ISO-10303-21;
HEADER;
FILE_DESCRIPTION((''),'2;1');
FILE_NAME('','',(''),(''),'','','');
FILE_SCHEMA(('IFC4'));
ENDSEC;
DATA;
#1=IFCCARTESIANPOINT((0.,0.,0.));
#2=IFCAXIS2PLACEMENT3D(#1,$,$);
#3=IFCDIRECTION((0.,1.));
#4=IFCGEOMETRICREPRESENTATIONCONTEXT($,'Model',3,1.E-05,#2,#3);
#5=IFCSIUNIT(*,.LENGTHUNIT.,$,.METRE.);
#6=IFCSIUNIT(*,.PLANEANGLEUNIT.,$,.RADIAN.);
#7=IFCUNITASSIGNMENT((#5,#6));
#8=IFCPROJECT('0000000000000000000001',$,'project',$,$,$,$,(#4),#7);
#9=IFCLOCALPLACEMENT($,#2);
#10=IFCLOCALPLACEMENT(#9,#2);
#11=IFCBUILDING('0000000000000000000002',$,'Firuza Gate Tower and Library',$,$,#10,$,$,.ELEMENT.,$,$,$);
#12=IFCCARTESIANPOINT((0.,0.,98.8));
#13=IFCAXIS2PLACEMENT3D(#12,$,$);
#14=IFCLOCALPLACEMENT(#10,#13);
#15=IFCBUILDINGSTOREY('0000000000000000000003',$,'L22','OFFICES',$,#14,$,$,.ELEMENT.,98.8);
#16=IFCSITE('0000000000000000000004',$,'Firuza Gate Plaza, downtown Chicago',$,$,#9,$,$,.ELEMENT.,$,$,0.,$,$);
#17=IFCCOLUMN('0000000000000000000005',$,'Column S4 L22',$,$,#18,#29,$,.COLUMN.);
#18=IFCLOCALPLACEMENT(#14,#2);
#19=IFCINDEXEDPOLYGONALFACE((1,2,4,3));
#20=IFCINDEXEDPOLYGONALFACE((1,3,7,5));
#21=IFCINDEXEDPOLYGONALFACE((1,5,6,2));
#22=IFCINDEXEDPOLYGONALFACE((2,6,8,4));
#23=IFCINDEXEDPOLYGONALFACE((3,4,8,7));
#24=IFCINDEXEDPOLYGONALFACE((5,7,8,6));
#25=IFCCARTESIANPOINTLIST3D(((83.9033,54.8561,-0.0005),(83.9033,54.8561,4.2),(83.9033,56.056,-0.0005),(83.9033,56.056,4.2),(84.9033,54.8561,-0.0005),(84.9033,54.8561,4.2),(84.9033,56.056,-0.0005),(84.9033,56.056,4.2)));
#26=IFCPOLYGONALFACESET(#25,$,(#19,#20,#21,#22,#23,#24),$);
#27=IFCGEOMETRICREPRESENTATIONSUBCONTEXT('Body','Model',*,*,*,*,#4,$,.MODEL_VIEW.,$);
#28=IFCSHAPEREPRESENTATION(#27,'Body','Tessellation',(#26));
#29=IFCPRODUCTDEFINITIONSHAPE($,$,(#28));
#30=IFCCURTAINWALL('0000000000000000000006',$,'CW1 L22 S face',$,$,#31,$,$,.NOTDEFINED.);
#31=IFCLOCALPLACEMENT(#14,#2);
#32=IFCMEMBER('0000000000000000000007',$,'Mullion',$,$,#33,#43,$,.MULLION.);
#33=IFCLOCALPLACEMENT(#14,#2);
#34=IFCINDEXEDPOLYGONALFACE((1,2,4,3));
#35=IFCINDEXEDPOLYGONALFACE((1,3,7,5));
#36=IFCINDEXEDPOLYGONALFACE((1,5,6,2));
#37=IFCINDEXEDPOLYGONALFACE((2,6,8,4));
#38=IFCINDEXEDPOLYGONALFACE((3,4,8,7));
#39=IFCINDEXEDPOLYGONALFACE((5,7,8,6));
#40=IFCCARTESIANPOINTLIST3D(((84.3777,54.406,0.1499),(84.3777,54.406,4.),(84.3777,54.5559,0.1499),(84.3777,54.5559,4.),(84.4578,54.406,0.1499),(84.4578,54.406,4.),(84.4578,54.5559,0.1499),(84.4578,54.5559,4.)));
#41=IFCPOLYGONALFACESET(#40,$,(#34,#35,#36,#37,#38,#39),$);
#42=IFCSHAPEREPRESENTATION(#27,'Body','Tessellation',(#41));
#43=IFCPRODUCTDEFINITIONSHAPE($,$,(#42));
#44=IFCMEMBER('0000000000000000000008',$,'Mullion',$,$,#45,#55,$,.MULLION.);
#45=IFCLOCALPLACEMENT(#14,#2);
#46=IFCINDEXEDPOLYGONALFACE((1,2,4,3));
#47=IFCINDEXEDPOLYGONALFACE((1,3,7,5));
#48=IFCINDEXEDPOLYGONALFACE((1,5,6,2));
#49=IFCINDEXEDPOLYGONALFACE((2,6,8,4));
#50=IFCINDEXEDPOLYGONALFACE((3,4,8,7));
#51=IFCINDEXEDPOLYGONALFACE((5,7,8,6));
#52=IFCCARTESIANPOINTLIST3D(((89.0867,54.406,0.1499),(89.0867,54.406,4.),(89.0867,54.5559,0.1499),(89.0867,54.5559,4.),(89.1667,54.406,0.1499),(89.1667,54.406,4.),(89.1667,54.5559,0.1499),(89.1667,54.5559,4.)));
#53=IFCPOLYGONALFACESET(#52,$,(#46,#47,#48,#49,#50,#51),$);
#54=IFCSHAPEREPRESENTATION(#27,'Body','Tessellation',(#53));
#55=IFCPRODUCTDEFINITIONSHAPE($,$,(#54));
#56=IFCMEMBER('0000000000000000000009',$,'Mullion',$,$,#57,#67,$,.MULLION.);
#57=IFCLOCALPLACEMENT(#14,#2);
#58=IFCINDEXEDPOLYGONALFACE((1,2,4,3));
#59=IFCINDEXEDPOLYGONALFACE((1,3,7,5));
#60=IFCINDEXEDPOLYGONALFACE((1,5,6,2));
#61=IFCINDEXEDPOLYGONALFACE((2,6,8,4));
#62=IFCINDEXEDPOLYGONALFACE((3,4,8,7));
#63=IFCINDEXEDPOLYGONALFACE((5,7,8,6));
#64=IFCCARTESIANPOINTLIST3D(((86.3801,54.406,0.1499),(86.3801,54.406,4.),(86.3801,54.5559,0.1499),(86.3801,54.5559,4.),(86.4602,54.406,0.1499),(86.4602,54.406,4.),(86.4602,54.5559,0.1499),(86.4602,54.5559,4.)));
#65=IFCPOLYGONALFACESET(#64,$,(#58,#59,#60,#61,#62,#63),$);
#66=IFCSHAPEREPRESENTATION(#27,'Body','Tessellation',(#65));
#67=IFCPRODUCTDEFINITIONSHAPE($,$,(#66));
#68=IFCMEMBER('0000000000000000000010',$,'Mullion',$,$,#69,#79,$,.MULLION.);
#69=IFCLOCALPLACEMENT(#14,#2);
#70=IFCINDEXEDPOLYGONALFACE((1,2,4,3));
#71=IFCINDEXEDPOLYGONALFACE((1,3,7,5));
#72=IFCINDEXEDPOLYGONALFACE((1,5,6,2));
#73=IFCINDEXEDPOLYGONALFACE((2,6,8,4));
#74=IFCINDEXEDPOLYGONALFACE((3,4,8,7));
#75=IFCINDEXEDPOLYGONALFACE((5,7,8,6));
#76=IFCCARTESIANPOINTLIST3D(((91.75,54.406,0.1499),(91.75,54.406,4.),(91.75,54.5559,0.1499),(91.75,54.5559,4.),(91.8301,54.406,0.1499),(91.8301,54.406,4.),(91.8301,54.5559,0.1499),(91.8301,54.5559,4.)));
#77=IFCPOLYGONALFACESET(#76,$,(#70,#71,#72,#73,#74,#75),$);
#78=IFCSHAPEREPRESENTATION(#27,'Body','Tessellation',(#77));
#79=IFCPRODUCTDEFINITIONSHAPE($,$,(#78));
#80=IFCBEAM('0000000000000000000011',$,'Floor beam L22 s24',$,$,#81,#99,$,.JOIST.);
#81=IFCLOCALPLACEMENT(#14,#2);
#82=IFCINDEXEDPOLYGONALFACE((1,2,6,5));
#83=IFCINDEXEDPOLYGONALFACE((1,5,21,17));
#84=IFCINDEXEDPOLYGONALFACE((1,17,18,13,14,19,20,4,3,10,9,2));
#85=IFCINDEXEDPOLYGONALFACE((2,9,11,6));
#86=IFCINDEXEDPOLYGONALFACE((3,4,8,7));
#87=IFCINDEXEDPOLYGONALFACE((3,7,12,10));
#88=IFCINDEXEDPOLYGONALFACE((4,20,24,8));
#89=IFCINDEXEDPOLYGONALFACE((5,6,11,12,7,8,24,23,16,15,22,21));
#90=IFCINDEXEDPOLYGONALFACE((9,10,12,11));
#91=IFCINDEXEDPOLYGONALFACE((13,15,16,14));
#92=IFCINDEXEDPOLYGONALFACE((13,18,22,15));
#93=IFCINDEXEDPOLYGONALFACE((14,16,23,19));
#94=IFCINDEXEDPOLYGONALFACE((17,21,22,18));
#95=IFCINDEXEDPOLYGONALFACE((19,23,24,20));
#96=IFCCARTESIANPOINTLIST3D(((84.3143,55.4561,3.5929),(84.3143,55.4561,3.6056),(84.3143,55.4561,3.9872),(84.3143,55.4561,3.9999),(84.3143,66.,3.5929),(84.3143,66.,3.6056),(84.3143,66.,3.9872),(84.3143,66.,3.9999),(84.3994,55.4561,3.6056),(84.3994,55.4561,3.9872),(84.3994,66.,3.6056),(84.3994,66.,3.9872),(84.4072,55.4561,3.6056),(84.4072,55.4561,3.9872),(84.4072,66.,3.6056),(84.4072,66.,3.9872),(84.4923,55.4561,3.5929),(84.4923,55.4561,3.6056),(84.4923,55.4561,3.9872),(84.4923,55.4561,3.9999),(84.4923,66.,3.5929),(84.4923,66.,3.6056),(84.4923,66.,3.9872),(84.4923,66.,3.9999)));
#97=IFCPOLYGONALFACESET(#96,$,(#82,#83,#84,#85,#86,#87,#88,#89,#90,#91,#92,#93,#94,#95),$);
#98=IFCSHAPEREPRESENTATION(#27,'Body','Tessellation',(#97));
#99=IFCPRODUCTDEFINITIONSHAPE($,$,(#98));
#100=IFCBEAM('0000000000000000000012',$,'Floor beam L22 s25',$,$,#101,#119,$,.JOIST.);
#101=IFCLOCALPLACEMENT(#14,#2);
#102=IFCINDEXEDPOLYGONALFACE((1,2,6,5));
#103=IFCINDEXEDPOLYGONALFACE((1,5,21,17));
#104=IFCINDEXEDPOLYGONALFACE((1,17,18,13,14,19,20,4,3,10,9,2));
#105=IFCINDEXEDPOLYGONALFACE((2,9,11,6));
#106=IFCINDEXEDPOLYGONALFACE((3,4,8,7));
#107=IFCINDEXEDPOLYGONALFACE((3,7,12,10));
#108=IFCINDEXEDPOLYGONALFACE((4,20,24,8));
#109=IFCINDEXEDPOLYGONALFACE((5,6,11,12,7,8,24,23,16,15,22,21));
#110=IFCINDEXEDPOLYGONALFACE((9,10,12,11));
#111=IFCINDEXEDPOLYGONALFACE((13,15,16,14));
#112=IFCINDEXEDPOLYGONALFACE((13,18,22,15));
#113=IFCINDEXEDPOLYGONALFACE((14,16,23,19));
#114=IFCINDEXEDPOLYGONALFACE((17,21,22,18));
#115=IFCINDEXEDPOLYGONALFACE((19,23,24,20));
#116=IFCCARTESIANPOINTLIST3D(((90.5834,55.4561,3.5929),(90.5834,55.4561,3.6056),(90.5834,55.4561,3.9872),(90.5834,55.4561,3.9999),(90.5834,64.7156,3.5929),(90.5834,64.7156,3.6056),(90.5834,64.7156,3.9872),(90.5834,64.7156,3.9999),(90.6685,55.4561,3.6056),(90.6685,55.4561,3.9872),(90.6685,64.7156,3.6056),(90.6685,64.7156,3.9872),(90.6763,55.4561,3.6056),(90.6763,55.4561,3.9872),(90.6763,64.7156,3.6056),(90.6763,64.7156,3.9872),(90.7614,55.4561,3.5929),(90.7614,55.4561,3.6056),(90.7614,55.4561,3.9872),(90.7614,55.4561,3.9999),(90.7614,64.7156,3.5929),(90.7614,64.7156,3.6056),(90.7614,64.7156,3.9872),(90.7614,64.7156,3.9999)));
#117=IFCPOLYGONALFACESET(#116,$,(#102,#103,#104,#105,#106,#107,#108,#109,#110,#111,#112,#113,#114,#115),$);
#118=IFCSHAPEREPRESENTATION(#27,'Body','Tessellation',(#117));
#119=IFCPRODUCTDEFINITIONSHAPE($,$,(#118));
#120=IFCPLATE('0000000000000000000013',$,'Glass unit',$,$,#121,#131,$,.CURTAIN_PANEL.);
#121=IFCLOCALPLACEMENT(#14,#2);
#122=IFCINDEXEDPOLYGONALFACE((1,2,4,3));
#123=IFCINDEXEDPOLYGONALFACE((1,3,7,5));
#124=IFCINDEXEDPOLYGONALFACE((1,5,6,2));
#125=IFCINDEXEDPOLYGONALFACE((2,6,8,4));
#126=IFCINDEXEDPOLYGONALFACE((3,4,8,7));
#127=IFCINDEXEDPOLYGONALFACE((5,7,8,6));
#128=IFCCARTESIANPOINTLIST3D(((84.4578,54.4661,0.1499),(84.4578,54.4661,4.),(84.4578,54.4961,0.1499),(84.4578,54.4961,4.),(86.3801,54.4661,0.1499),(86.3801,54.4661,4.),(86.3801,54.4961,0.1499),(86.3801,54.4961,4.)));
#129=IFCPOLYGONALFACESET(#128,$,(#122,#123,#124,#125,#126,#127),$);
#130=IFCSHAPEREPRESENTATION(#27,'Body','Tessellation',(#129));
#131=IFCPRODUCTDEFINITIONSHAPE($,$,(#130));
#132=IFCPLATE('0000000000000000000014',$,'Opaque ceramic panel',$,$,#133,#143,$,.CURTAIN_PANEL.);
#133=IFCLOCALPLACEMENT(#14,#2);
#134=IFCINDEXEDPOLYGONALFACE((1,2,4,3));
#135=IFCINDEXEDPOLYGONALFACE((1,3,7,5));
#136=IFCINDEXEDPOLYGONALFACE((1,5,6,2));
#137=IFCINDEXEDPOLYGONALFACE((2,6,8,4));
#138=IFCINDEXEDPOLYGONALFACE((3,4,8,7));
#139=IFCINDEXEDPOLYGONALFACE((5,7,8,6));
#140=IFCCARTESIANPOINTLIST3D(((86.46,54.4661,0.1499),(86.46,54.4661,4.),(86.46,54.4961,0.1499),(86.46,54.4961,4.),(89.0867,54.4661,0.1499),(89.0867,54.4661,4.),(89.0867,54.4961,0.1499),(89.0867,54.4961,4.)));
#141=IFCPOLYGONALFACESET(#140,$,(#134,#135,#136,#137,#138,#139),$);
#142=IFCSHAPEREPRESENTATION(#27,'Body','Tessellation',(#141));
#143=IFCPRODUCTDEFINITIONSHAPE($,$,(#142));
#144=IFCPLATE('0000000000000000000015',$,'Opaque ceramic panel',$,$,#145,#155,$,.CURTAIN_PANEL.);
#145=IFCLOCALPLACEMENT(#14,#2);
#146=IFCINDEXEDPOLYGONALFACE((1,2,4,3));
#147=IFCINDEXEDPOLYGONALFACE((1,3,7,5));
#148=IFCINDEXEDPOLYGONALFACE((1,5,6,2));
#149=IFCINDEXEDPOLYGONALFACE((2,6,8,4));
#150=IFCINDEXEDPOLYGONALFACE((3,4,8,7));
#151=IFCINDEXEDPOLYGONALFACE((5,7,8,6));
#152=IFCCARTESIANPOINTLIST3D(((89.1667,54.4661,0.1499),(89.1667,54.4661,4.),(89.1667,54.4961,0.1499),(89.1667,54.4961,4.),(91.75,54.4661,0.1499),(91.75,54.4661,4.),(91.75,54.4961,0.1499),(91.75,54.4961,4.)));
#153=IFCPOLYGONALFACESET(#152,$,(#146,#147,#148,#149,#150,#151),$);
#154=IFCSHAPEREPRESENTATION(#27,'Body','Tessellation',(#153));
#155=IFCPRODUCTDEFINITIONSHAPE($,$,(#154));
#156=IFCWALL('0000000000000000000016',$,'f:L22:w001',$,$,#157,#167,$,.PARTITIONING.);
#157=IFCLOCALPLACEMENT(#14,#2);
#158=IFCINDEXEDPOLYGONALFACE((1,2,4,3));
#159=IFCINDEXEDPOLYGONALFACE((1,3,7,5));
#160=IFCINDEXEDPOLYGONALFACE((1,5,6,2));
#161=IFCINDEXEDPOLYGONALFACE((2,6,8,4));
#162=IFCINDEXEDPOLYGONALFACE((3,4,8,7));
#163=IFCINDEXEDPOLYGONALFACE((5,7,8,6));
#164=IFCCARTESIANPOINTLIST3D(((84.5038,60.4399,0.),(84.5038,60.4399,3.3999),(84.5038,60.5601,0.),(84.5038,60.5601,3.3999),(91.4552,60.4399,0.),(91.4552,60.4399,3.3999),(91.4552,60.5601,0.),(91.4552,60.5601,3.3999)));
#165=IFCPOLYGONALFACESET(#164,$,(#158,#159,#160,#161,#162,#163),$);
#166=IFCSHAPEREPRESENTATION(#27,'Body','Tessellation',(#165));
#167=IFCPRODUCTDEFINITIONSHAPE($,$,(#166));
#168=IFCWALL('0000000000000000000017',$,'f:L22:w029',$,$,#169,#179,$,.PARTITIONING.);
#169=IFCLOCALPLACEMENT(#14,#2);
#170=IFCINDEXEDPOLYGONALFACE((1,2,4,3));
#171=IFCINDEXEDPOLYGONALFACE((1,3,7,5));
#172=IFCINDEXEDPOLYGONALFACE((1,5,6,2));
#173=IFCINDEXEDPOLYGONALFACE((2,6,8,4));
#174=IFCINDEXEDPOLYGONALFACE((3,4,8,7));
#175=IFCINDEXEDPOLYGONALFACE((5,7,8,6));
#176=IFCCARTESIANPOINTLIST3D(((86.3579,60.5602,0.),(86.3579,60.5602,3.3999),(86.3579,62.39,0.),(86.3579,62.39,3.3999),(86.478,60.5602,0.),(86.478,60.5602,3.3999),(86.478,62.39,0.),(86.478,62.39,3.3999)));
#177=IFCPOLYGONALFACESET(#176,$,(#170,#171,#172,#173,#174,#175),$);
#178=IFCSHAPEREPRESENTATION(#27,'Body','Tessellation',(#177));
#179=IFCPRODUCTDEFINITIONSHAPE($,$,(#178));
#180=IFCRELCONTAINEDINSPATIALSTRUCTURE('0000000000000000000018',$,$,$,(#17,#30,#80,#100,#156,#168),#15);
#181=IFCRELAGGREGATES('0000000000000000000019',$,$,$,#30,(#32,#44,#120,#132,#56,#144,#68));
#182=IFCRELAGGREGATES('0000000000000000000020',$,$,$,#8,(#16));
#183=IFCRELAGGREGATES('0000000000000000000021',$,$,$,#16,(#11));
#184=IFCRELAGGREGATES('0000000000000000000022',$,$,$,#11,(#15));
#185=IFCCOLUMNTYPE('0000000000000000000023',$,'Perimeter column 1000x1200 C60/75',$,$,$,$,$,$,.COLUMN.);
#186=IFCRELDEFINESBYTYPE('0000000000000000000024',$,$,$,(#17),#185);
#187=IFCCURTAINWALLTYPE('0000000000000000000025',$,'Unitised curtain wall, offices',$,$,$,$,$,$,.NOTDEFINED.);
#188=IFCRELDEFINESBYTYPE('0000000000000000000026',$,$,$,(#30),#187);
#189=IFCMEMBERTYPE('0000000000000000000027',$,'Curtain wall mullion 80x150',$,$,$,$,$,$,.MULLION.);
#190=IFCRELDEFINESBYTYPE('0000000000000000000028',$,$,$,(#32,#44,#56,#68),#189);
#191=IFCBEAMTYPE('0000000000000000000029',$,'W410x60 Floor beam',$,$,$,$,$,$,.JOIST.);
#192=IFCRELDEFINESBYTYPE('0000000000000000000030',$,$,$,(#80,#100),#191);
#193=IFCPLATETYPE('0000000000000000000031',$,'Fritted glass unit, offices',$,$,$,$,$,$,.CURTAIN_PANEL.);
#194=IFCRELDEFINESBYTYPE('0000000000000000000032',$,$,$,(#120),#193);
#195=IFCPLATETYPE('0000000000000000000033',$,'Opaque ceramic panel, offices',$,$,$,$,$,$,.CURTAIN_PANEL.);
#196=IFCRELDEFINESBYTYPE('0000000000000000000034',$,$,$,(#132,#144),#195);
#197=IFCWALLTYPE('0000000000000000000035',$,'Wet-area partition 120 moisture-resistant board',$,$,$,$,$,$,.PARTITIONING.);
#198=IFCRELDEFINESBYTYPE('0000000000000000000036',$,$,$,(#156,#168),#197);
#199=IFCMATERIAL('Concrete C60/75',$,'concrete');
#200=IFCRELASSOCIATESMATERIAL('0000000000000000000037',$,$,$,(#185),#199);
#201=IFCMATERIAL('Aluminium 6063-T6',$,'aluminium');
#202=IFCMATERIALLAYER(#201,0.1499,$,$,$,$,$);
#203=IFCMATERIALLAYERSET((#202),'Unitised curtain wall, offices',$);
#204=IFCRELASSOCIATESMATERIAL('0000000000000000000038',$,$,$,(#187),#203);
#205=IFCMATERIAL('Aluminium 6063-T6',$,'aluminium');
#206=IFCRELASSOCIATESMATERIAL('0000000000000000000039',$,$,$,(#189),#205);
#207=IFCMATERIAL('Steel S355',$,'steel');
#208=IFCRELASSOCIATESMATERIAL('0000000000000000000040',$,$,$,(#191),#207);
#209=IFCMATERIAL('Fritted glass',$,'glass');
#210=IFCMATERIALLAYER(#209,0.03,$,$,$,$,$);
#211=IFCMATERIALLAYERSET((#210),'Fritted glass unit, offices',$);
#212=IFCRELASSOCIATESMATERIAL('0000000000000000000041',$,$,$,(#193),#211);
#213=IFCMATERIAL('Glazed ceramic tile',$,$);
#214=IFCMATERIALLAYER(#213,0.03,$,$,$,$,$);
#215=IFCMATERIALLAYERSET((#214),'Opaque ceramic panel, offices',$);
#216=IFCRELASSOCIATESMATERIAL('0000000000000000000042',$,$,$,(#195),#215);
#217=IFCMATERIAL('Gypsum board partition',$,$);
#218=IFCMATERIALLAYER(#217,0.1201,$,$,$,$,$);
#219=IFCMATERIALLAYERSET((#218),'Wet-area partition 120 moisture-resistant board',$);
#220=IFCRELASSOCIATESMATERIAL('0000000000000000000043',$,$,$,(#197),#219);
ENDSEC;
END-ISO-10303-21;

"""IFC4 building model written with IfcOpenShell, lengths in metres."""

from ifc_helpers import new_model, si_unit, direction, frame, frame_2d, origin, origin_2d, place, context, subcontext, project, spatial, polyline, rectangle, i_section, outline, extrude, material, layer, layer_set, material_profile, profile_set, type_object, element, aggregate, save


model = new_model("IFC4")

# Units and contexts
model_context = context("Model", 3, precision=1e-05, world=origin(), true_north=direction((0.0, 1.0)))
body_context = subcontext(model_context, "Body", "Model", "MODEL_VIEW")
ifc_project = project(units=[si_unit("LENGTHUNIT", "METRE"), si_unit("PLANEANGLEUNIT", "RADIAN")], contexts=[model_context])

# Site, building, storey
site_placement = place(None, origin())
site = spatial("IfcSite", under=ifc_project, at=site_placement, Name="Firuza Gate Plaza, downtown Chicago", CompositionType="ELEMENT", RefElevation=0.0)
building_placement = place(site_placement, origin())
building = spatial("IfcBuilding", under=site, at=building_placement, Name="Firuza Gate Tower and Library", CompositionType="ELEMENT")
storey_placement = place(building_placement, frame((0.0, 0.0, 98.8)))
storey = spatial("IfcBuildingStorey", under=building, at=storey_placement, Name="L22", Description="OFFICES", CompositionType="ELEMENT", Elevation=98.8)

# Column
ifc_material_1 = material(Name="Concrete C60/75", Category="concrete")
ifc_material_profile_1 = material_profile(ifc_material_1, rectangle(XDim=1.0, YDim=1.2, at=origin_2d()))
ifc_profile_set_1 = profile_set([ifc_material_profile_1], Name="Concrete C60/75")
column_type = type_object("IfcColumnType", Name="Perimeter column 1000x1200 C60/75", PredefinedType="COLUMN", material=ifc_profile_set_1)
column_placement = place(storey_placement, frame((84.4033, 55.4561, -0.0005), z_axis=(0.0, 0.0, 1.0), x_axis=(1.0, 0.0, 0.0)))
element("IfcColumn", 1, at=column_placement, inside=storey, type_object=column_type, Name="Column S4 L22", PredefinedType="COLUMN", context=body_context, shape_type="SweptSolid", body=[
    extrude(rectangle(XDim=1.0, YDim=1.2, at=origin_2d()), origin(), (0.0, 0.0, 1.0), 4.2004),
])

# Curtain wall, members
ifc_material_2 = material(Name="Aluminium 6063-T6", Category="aluminium")
ifc_layer_1 = layer(ifc_material_2, 0.1499)
ifc_layer_set_1 = layer_set([ifc_layer_1], Name="Unitised curtain wall, offices")
curtain_wall_type = type_object("IfcCurtainWallType", Name="Unitised curtain wall, offices", PredefinedType="NOTDEFINED", material=ifc_layer_set_1)
curtain_wall_placement = place(storey_placement, origin())
curtain_wall = element("IfcCurtainWall", 2, at=curtain_wall_placement, inside=storey, type_object=curtain_wall_type, Name="CW1 L22 S face", PredefinedType="NOTDEFINED")
ifc_material_3 = material(Name="Aluminium 6063-T6", Category="aluminium")
ifc_material_profile_2 = material_profile(ifc_material_3, rectangle(XDim=0.1499, YDim=0.0801, at=origin_2d()))
ifc_profile_set_2 = profile_set([ifc_material_profile_2], Name="Aluminium 6063-T6")
member_type = type_object("IfcMemberType", Name="Curtain wall mullion 80x150", PredefinedType="MULLION", material=ifc_profile_set_2)
member_1_placement = place(storey_placement, frame((84.4177, 54.481, 0.1499), z_axis=(0.0, 0.0, 1.0), x_axis=(0.0, 1.0, 0.0)))
member_1 = element("IfcMember", 3, at=member_1_placement, type_object=member_type, Name="Mullion", PredefinedType="MULLION", context=body_context, shape_type="SweptSolid", body=[
    extrude(rectangle(XDim=0.1499, YDim=0.0801, at=origin_2d()), origin(), (0.0, 0.0, 1.0), 3.8501),
])
member_2_placement = place(storey_placement, frame((89.1267, 54.481, 0.1499), z_axis=(0.0, 0.0, 1.0), x_axis=(0.0, 1.0, 0.0)))
member_2 = element("IfcMember", 4, at=member_2_placement, type_object=member_type, Name="Mullion", PredefinedType="MULLION", context=body_context, shape_type="SweptSolid", body=[
    extrude(rectangle(XDim=0.1499, YDim=0.0801, at=origin_2d()), origin(), (0.0, 0.0, 1.0), 3.8501),
])
member_3_placement = place(storey_placement, frame((86.4202, 54.481, 0.1499), z_axis=(0.0, 0.0, 1.0), x_axis=(0.0, 1.0, 0.0)))
member_3 = element("IfcMember", 5, at=member_3_placement, type_object=member_type, Name="Mullion", PredefinedType="MULLION", context=body_context, shape_type="SweptSolid", body=[
    extrude(rectangle(XDim=0.1499, YDim=0.0801, at=origin_2d()), origin(), (0.0, 0.0, 1.0), 3.8501),
])
member_4_placement = place(storey_placement, frame((91.79, 54.481, 0.1499), z_axis=(0.0, 0.0, 1.0), x_axis=(0.0, 1.0, 0.0)))
member_4 = element("IfcMember", 6, at=member_4_placement, type_object=member_type, Name="Mullion", PredefinedType="MULLION", context=body_context, shape_type="SweptSolid", body=[
    extrude(rectangle(XDim=0.1499, YDim=0.0801, at=origin_2d()), origin(), (0.0, 0.0, 1.0), 3.8501),
])

# Beams
ifc_material_4 = material(Name="Steel S355", Category="steel")
ifc_material_profile_3 = material_profile(ifc_material_4, i_section(OverallWidth=0.178, OverallDepth=0.407, WebThickness=0.0078, FlangeThickness=0.0127, at=origin_2d()))
ifc_profile_set_3 = profile_set([ifc_material_profile_3], Name="Steel S355")
beam_type = type_object("IfcBeamType", Name="W410x60 Floor beam", PredefinedType="JOIST", material=ifc_profile_set_3)
beam_1_placement = place(storey_placement, frame((84.4033, 55.4561, 3.7964), z_axis=(0.0, 1.0, 0.0), x_axis=(-1.0, 0.0, 0.0)))
element("IfcBeam", 7, at=beam_1_placement, inside=storey, type_object=beam_type, Name="Floor beam L22 s24", PredefinedType="JOIST", context=body_context, shape_type="SweptSolid", body=[
    extrude(i_section(OverallWidth=0.178, OverallDepth=0.407, WebThickness=0.0078, FlangeThickness=0.0127, at=origin_2d()), origin(), (0.0, 0.0, 1.0), 10.5439),
])
beam_2_placement = place(storey_placement, frame((90.6724, 55.4561, 3.7964), z_axis=(0.0, 1.0, 0.0), x_axis=(-1.0, 0.0, 0.0)))
element("IfcBeam", 8, at=beam_2_placement, inside=storey, type_object=beam_type, Name="Floor beam L22 s25", PredefinedType="JOIST", context=body_context, shape_type="SweptSolid", body=[
    extrude(i_section(OverallWidth=0.178, OverallDepth=0.407, WebThickness=0.0078, FlangeThickness=0.0127, at=origin_2d()), origin(), (0.0, 0.0, 1.0), 9.2595),
])

# Plates
ifc_material_5 = material(Name="Fritted glass", Category="glass")
ifc_layer_2 = layer(ifc_material_5, 0.03)
ifc_layer_set_2 = layer_set([ifc_layer_2], Name="Fritted glass unit, offices")
plate_type_1 = type_object("IfcPlateType", Name="Fritted glass unit, offices", PredefinedType="CURTAIN_PANEL", material=ifc_layer_set_2)
plate_1_placement = place(storey_placement, frame((84.4578, 54.4661, 0.1499), z_axis=(0.0, -1.0, 0.0), x_axis=(1.0, 0.0, 0.0)))
plate_1 = element("IfcPlate", 9, at=plate_1_placement, type_object=plate_type_1, Name="Glass unit", PredefinedType="CURTAIN_PANEL", context=body_context, shape_type="SweptSolid", body=[
    extrude(outline(polyline([(0.0, 0.0), (1.9224, 0.0), (1.9224, 3.8501), (0.0, 3.8501), (0.0, 0.0)])), origin(), (0.0, 0.0, -1.0), 0.03),
])
ifc_material_6 = material(Name="Glazed ceramic tile")
ifc_layer_3 = layer(ifc_material_6, 0.03)
ifc_layer_set_3 = layer_set([ifc_layer_3], Name="Opaque ceramic panel, offices")
plate_type_2 = type_object("IfcPlateType", Name="Opaque ceramic panel, offices", PredefinedType="CURTAIN_PANEL", material=ifc_layer_set_3)
plate_2_placement = place(storey_placement, frame((86.46, 54.4661, 0.1499), z_axis=(0.0, -1.0, 0.0), x_axis=(1.0, 0.0, 0.0)))
plate_2 = element("IfcPlate", 10, at=plate_2_placement, type_object=plate_type_2, Name="Opaque ceramic panel", PredefinedType="CURTAIN_PANEL", context=body_context, shape_type="SweptSolid", body=[
    extrude(outline(polyline([(0.0, 0.0), (2.6267, 0.0), (2.6267, 3.8501), (0.0, 3.8501), (0.0, 0.0)])), origin(), (0.0, 0.0, -1.0), 0.03),
])
plate_3_placement = place(storey_placement, frame((89.1667, 54.4661, 0.1499), z_axis=(0.0, -1.0, 0.0), x_axis=(1.0, 0.0, 0.0)))
plate_3 = element("IfcPlate", 11, at=plate_3_placement, type_object=plate_type_2, Name="Opaque ceramic panel", PredefinedType="CURTAIN_PANEL", context=body_context, shape_type="SweptSolid", body=[
    extrude(outline(polyline([(0.0, 0.0), (2.5833, 0.0), (2.5833, 3.8501), (0.0, 3.8501), (0.0, 0.0)])), origin(), (0.0, 0.0, -1.0), 0.03),
])
aggregate(curtain_wall, [member_1, member_2, plate_1, plate_2, member_3, plate_3, member_4])

# Walls
ifc_material_7 = material(Name="Gypsum board partition")
ifc_layer_4 = layer(ifc_material_7, 0.1201)
ifc_layer_set_4 = layer_set([ifc_layer_4], Name="Wet-area partition 120 moisture-resistant board")
wall_type = type_object("IfcWallType", Name="Wet-area partition 120 moisture-resistant board", PredefinedType="PARTITIONING", material=ifc_layer_set_4)
wall_1_placement = place(storey_placement, frame((84.5039, 60.5, 0.0), z_axis=(0.0, 0.0, 1.0), x_axis=(1.0, 0.0, 0.0)))
element("IfcWall", 12, at=wall_1_placement, inside=storey, type_object=wall_type, Name="f:L22:w001", PredefinedType="PARTITIONING", context=body_context, shape_type="SweptSolid", body=[
    extrude(rectangle(XDim=6.9514, YDim=0.1201, at=frame_2d((3.4756, 0.0))), origin(), (0.0, 0.0, 1.0), 3.3999),
])
wall_2_placement = place(storey_placement, frame((86.418, 60.5601, 0.0), z_axis=(0.0, 0.0, 1.0), x_axis=(0.0, 1.0, 0.0)))
element("IfcWall", 13, at=wall_2_placement, inside=storey, type_object=wall_type, Name="f:L22:w029", PredefinedType="PARTITIONING", context=body_context, shape_type="SweptSolid", body=[
    extrude(rectangle(XDim=1.8298, YDim=0.1201, at=frame_2d((0.915, 0.0))), origin(), (0.0, 0.0, 1.0), 3.3999),
])

save(model, "model.ifc")
